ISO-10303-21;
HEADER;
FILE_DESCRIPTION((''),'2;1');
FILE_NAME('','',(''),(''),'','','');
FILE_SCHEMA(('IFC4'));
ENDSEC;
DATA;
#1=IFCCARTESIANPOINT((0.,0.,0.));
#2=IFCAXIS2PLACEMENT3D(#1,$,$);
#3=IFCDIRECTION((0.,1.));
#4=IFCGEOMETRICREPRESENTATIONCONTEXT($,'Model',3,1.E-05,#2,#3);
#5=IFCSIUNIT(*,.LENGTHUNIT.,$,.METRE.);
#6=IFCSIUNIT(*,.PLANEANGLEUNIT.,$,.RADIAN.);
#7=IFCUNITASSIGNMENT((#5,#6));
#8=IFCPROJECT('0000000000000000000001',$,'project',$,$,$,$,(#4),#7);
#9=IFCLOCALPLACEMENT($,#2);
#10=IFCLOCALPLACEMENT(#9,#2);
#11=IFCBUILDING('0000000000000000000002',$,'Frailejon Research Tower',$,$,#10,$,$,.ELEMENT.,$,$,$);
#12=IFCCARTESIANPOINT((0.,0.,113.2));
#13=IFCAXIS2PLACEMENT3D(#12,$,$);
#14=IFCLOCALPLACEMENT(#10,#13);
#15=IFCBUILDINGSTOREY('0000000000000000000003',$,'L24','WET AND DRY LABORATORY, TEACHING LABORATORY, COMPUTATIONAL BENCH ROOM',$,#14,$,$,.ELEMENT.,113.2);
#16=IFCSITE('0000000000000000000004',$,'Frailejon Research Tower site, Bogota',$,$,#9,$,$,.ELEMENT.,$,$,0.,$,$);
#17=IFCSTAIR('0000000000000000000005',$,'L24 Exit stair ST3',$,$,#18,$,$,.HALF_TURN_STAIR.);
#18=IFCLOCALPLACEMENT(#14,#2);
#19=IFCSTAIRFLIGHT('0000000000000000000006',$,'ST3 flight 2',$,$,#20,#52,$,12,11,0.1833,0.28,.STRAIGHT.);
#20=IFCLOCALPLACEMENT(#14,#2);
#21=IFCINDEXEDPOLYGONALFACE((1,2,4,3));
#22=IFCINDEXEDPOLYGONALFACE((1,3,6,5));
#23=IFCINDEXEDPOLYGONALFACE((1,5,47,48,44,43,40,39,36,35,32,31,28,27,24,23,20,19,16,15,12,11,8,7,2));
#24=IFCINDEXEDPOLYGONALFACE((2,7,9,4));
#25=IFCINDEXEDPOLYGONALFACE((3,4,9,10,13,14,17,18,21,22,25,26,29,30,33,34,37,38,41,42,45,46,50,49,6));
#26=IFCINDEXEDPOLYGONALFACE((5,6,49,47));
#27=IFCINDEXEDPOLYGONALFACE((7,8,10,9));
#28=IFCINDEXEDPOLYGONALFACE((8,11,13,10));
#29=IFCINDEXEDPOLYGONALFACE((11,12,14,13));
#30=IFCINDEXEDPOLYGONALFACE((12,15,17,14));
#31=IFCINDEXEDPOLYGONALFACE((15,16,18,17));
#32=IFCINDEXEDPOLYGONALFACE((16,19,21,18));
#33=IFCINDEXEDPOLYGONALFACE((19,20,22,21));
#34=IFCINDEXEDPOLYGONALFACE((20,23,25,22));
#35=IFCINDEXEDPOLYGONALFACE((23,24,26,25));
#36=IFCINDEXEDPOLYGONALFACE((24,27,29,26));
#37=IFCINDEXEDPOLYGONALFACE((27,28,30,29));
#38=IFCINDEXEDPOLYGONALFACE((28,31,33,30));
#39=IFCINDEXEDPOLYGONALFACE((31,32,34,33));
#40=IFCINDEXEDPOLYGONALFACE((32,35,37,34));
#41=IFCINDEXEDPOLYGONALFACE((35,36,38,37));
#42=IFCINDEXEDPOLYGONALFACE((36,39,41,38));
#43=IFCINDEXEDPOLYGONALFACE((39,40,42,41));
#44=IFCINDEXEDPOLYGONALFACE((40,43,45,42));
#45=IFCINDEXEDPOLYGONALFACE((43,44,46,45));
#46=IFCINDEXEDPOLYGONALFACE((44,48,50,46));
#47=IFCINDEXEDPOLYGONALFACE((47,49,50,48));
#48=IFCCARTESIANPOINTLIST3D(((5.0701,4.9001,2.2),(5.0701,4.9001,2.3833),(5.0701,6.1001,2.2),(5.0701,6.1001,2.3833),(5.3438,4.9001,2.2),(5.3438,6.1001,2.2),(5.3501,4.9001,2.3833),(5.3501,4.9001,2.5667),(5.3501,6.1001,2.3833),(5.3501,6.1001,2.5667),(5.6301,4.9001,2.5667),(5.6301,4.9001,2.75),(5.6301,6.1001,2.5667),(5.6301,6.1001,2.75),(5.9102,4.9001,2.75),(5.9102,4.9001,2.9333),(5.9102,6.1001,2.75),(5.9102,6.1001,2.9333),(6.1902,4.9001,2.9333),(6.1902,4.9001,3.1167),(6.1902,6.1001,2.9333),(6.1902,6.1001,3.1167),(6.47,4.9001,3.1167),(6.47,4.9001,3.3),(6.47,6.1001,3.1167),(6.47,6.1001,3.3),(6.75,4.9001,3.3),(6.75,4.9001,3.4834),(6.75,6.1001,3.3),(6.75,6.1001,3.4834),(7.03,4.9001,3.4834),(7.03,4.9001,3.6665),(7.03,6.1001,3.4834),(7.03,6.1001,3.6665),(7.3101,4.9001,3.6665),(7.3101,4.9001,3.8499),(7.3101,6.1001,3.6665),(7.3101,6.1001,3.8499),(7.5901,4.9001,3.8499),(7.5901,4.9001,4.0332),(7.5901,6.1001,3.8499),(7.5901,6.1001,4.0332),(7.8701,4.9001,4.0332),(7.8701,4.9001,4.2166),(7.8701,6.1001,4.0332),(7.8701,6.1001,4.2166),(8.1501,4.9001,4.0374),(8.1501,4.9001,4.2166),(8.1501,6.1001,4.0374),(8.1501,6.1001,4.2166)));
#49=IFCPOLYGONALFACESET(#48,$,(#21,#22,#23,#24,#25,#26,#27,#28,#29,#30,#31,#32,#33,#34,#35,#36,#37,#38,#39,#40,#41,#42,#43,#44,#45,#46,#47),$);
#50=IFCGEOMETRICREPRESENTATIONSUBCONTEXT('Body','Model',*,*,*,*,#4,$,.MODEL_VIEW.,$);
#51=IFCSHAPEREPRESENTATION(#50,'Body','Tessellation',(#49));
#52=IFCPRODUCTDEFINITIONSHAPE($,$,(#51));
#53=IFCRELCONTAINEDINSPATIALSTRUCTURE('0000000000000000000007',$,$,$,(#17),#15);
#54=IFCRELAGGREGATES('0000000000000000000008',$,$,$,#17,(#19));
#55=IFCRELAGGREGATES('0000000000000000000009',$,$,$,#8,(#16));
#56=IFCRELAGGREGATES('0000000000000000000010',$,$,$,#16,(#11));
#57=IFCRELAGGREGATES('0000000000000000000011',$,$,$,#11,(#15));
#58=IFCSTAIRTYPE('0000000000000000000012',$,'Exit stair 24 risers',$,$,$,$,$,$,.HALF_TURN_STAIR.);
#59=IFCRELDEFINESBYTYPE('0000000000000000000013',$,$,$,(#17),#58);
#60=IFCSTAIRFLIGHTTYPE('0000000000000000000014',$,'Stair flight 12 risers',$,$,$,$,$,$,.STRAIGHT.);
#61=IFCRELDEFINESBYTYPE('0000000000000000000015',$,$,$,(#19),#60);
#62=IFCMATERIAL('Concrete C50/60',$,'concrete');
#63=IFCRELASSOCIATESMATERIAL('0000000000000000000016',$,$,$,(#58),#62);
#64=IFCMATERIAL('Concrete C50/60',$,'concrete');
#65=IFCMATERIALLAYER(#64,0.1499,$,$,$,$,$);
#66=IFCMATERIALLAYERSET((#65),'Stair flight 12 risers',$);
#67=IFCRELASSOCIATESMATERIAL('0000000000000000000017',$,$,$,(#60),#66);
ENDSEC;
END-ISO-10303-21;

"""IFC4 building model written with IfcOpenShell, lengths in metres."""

from ifc_helpers import new_model, si_unit, direction, frame, origin, place, context, subcontext, project, spatial, polyline, outline, extrude, material, layer, layer_set, type_object, element, aggregate, save


model = new_model("IFC4")

# Units and contexts
model_context = context("Model", 3, precision=1e-05, world=origin(), true_north=direction((0.0, 1.0)))
body_context = subcontext(model_context, "Body", "Model", "MODEL_VIEW")
ifc_project = project(units=[si_unit("LENGTHUNIT", "METRE"), si_unit("PLANEANGLEUNIT", "RADIAN")], contexts=[model_context])

# Site, building, storey
site_placement = place(None, origin())
site = spatial("IfcSite", under=ifc_project, at=site_placement, Name="Frailejon Research Tower site, Bogota", CompositionType="ELEMENT", RefElevation=0.0)
building_placement = place(site_placement, origin())
building = spatial("IfcBuilding", under=site, at=building_placement, Name="Frailejon Research Tower", CompositionType="ELEMENT")
storey_placement = place(building_placement, frame((0.0, 0.0, 113.2)))
storey = spatial("IfcBuildingStorey", under=building, at=storey_placement, Name="L24", Description="WET AND DRY LABORATORY, TEACHING LABORATORY, COMPUTATIONAL BENCH ROOM", CompositionType="ELEMENT", Elevation=113.2)

# Stair, stair flight
ifc_material_1 = material(Name="Concrete C50/60", Category="concrete")
stair_type = type_object("IfcStairType", Name="Exit stair 24 risers", PredefinedType="HALF_TURN_STAIR", material=ifc_material_1)
stair_placement = place(storey_placement, origin())
stair = element("IfcStair", 1, at=stair_placement, inside=storey, type_object=stair_type, Name="L24 Exit stair ST3", PredefinedType="HALF_TURN_STAIR")
ifc_material_2 = material(Name="Concrete C50/60", Category="concrete")
ifc_layer_1 = layer(ifc_material_2, 0.1499)
ifc_layer_set_1 = layer_set([ifc_layer_1], Name="Stair flight 12 risers")
stair_flight_type = type_object("IfcStairFlightType", Name="Stair flight 12 risers", PredefinedType="STRAIGHT", material=ifc_layer_set_1)
stair_flight_1_placement = place(storey_placement, frame((5.0701, 5.5, 2.2), z_axis=(0.0, 0.0, 1.0), x_axis=(1.0, 0.0, 0.0)))
stair_flight_1 = element("IfcStairFlight", 2, at=stair_flight_1_placement, type_object=stair_flight_type, Name="ST3 flight 2", NumberOfRisers=12, NumberOfTreads=11, PredefinedType="STRAIGHT", RiserHeight=0.1833, TreadLength=0.28, context=body_context, shape_type="SweptSolid", body=[
    extrude(outline(polyline([(0.0, 0.0), (0.0, 0.1833), (0.28, 0.1833), (0.28, 0.3667), (0.5601, 0.3667), (0.5601, 0.55), (0.8401, 0.55), (0.8401, 0.7334), (1.1201, 0.7334), (1.1201, 0.9167), (1.3999, 0.9167), (1.3999, 1.1001), (1.6799, 1.1001), (1.6799, 1.2834), (1.96, 1.2834), (1.96, 1.4666), (2.24, 1.4666), (2.24, 1.6499), (2.52, 1.6499), (2.52, 1.8333), (2.8, 1.8333), (2.8, 2.0166), (3.0801, 2.0166), (3.0801, 2.2), (3.0801, 1.8374), (0.2737, 0.0), (0.0, 0.0)])), frame((0.0, 0.6001, 0.0), z_axis=(0.0, -1.0, 0.0), x_axis=(1.0, 0.0, 0.0)), (0.0, 0.0, 1.0), 1.2),
])
aggregate(stair, [stair_flight_1])

save(model, "model.ifc")
